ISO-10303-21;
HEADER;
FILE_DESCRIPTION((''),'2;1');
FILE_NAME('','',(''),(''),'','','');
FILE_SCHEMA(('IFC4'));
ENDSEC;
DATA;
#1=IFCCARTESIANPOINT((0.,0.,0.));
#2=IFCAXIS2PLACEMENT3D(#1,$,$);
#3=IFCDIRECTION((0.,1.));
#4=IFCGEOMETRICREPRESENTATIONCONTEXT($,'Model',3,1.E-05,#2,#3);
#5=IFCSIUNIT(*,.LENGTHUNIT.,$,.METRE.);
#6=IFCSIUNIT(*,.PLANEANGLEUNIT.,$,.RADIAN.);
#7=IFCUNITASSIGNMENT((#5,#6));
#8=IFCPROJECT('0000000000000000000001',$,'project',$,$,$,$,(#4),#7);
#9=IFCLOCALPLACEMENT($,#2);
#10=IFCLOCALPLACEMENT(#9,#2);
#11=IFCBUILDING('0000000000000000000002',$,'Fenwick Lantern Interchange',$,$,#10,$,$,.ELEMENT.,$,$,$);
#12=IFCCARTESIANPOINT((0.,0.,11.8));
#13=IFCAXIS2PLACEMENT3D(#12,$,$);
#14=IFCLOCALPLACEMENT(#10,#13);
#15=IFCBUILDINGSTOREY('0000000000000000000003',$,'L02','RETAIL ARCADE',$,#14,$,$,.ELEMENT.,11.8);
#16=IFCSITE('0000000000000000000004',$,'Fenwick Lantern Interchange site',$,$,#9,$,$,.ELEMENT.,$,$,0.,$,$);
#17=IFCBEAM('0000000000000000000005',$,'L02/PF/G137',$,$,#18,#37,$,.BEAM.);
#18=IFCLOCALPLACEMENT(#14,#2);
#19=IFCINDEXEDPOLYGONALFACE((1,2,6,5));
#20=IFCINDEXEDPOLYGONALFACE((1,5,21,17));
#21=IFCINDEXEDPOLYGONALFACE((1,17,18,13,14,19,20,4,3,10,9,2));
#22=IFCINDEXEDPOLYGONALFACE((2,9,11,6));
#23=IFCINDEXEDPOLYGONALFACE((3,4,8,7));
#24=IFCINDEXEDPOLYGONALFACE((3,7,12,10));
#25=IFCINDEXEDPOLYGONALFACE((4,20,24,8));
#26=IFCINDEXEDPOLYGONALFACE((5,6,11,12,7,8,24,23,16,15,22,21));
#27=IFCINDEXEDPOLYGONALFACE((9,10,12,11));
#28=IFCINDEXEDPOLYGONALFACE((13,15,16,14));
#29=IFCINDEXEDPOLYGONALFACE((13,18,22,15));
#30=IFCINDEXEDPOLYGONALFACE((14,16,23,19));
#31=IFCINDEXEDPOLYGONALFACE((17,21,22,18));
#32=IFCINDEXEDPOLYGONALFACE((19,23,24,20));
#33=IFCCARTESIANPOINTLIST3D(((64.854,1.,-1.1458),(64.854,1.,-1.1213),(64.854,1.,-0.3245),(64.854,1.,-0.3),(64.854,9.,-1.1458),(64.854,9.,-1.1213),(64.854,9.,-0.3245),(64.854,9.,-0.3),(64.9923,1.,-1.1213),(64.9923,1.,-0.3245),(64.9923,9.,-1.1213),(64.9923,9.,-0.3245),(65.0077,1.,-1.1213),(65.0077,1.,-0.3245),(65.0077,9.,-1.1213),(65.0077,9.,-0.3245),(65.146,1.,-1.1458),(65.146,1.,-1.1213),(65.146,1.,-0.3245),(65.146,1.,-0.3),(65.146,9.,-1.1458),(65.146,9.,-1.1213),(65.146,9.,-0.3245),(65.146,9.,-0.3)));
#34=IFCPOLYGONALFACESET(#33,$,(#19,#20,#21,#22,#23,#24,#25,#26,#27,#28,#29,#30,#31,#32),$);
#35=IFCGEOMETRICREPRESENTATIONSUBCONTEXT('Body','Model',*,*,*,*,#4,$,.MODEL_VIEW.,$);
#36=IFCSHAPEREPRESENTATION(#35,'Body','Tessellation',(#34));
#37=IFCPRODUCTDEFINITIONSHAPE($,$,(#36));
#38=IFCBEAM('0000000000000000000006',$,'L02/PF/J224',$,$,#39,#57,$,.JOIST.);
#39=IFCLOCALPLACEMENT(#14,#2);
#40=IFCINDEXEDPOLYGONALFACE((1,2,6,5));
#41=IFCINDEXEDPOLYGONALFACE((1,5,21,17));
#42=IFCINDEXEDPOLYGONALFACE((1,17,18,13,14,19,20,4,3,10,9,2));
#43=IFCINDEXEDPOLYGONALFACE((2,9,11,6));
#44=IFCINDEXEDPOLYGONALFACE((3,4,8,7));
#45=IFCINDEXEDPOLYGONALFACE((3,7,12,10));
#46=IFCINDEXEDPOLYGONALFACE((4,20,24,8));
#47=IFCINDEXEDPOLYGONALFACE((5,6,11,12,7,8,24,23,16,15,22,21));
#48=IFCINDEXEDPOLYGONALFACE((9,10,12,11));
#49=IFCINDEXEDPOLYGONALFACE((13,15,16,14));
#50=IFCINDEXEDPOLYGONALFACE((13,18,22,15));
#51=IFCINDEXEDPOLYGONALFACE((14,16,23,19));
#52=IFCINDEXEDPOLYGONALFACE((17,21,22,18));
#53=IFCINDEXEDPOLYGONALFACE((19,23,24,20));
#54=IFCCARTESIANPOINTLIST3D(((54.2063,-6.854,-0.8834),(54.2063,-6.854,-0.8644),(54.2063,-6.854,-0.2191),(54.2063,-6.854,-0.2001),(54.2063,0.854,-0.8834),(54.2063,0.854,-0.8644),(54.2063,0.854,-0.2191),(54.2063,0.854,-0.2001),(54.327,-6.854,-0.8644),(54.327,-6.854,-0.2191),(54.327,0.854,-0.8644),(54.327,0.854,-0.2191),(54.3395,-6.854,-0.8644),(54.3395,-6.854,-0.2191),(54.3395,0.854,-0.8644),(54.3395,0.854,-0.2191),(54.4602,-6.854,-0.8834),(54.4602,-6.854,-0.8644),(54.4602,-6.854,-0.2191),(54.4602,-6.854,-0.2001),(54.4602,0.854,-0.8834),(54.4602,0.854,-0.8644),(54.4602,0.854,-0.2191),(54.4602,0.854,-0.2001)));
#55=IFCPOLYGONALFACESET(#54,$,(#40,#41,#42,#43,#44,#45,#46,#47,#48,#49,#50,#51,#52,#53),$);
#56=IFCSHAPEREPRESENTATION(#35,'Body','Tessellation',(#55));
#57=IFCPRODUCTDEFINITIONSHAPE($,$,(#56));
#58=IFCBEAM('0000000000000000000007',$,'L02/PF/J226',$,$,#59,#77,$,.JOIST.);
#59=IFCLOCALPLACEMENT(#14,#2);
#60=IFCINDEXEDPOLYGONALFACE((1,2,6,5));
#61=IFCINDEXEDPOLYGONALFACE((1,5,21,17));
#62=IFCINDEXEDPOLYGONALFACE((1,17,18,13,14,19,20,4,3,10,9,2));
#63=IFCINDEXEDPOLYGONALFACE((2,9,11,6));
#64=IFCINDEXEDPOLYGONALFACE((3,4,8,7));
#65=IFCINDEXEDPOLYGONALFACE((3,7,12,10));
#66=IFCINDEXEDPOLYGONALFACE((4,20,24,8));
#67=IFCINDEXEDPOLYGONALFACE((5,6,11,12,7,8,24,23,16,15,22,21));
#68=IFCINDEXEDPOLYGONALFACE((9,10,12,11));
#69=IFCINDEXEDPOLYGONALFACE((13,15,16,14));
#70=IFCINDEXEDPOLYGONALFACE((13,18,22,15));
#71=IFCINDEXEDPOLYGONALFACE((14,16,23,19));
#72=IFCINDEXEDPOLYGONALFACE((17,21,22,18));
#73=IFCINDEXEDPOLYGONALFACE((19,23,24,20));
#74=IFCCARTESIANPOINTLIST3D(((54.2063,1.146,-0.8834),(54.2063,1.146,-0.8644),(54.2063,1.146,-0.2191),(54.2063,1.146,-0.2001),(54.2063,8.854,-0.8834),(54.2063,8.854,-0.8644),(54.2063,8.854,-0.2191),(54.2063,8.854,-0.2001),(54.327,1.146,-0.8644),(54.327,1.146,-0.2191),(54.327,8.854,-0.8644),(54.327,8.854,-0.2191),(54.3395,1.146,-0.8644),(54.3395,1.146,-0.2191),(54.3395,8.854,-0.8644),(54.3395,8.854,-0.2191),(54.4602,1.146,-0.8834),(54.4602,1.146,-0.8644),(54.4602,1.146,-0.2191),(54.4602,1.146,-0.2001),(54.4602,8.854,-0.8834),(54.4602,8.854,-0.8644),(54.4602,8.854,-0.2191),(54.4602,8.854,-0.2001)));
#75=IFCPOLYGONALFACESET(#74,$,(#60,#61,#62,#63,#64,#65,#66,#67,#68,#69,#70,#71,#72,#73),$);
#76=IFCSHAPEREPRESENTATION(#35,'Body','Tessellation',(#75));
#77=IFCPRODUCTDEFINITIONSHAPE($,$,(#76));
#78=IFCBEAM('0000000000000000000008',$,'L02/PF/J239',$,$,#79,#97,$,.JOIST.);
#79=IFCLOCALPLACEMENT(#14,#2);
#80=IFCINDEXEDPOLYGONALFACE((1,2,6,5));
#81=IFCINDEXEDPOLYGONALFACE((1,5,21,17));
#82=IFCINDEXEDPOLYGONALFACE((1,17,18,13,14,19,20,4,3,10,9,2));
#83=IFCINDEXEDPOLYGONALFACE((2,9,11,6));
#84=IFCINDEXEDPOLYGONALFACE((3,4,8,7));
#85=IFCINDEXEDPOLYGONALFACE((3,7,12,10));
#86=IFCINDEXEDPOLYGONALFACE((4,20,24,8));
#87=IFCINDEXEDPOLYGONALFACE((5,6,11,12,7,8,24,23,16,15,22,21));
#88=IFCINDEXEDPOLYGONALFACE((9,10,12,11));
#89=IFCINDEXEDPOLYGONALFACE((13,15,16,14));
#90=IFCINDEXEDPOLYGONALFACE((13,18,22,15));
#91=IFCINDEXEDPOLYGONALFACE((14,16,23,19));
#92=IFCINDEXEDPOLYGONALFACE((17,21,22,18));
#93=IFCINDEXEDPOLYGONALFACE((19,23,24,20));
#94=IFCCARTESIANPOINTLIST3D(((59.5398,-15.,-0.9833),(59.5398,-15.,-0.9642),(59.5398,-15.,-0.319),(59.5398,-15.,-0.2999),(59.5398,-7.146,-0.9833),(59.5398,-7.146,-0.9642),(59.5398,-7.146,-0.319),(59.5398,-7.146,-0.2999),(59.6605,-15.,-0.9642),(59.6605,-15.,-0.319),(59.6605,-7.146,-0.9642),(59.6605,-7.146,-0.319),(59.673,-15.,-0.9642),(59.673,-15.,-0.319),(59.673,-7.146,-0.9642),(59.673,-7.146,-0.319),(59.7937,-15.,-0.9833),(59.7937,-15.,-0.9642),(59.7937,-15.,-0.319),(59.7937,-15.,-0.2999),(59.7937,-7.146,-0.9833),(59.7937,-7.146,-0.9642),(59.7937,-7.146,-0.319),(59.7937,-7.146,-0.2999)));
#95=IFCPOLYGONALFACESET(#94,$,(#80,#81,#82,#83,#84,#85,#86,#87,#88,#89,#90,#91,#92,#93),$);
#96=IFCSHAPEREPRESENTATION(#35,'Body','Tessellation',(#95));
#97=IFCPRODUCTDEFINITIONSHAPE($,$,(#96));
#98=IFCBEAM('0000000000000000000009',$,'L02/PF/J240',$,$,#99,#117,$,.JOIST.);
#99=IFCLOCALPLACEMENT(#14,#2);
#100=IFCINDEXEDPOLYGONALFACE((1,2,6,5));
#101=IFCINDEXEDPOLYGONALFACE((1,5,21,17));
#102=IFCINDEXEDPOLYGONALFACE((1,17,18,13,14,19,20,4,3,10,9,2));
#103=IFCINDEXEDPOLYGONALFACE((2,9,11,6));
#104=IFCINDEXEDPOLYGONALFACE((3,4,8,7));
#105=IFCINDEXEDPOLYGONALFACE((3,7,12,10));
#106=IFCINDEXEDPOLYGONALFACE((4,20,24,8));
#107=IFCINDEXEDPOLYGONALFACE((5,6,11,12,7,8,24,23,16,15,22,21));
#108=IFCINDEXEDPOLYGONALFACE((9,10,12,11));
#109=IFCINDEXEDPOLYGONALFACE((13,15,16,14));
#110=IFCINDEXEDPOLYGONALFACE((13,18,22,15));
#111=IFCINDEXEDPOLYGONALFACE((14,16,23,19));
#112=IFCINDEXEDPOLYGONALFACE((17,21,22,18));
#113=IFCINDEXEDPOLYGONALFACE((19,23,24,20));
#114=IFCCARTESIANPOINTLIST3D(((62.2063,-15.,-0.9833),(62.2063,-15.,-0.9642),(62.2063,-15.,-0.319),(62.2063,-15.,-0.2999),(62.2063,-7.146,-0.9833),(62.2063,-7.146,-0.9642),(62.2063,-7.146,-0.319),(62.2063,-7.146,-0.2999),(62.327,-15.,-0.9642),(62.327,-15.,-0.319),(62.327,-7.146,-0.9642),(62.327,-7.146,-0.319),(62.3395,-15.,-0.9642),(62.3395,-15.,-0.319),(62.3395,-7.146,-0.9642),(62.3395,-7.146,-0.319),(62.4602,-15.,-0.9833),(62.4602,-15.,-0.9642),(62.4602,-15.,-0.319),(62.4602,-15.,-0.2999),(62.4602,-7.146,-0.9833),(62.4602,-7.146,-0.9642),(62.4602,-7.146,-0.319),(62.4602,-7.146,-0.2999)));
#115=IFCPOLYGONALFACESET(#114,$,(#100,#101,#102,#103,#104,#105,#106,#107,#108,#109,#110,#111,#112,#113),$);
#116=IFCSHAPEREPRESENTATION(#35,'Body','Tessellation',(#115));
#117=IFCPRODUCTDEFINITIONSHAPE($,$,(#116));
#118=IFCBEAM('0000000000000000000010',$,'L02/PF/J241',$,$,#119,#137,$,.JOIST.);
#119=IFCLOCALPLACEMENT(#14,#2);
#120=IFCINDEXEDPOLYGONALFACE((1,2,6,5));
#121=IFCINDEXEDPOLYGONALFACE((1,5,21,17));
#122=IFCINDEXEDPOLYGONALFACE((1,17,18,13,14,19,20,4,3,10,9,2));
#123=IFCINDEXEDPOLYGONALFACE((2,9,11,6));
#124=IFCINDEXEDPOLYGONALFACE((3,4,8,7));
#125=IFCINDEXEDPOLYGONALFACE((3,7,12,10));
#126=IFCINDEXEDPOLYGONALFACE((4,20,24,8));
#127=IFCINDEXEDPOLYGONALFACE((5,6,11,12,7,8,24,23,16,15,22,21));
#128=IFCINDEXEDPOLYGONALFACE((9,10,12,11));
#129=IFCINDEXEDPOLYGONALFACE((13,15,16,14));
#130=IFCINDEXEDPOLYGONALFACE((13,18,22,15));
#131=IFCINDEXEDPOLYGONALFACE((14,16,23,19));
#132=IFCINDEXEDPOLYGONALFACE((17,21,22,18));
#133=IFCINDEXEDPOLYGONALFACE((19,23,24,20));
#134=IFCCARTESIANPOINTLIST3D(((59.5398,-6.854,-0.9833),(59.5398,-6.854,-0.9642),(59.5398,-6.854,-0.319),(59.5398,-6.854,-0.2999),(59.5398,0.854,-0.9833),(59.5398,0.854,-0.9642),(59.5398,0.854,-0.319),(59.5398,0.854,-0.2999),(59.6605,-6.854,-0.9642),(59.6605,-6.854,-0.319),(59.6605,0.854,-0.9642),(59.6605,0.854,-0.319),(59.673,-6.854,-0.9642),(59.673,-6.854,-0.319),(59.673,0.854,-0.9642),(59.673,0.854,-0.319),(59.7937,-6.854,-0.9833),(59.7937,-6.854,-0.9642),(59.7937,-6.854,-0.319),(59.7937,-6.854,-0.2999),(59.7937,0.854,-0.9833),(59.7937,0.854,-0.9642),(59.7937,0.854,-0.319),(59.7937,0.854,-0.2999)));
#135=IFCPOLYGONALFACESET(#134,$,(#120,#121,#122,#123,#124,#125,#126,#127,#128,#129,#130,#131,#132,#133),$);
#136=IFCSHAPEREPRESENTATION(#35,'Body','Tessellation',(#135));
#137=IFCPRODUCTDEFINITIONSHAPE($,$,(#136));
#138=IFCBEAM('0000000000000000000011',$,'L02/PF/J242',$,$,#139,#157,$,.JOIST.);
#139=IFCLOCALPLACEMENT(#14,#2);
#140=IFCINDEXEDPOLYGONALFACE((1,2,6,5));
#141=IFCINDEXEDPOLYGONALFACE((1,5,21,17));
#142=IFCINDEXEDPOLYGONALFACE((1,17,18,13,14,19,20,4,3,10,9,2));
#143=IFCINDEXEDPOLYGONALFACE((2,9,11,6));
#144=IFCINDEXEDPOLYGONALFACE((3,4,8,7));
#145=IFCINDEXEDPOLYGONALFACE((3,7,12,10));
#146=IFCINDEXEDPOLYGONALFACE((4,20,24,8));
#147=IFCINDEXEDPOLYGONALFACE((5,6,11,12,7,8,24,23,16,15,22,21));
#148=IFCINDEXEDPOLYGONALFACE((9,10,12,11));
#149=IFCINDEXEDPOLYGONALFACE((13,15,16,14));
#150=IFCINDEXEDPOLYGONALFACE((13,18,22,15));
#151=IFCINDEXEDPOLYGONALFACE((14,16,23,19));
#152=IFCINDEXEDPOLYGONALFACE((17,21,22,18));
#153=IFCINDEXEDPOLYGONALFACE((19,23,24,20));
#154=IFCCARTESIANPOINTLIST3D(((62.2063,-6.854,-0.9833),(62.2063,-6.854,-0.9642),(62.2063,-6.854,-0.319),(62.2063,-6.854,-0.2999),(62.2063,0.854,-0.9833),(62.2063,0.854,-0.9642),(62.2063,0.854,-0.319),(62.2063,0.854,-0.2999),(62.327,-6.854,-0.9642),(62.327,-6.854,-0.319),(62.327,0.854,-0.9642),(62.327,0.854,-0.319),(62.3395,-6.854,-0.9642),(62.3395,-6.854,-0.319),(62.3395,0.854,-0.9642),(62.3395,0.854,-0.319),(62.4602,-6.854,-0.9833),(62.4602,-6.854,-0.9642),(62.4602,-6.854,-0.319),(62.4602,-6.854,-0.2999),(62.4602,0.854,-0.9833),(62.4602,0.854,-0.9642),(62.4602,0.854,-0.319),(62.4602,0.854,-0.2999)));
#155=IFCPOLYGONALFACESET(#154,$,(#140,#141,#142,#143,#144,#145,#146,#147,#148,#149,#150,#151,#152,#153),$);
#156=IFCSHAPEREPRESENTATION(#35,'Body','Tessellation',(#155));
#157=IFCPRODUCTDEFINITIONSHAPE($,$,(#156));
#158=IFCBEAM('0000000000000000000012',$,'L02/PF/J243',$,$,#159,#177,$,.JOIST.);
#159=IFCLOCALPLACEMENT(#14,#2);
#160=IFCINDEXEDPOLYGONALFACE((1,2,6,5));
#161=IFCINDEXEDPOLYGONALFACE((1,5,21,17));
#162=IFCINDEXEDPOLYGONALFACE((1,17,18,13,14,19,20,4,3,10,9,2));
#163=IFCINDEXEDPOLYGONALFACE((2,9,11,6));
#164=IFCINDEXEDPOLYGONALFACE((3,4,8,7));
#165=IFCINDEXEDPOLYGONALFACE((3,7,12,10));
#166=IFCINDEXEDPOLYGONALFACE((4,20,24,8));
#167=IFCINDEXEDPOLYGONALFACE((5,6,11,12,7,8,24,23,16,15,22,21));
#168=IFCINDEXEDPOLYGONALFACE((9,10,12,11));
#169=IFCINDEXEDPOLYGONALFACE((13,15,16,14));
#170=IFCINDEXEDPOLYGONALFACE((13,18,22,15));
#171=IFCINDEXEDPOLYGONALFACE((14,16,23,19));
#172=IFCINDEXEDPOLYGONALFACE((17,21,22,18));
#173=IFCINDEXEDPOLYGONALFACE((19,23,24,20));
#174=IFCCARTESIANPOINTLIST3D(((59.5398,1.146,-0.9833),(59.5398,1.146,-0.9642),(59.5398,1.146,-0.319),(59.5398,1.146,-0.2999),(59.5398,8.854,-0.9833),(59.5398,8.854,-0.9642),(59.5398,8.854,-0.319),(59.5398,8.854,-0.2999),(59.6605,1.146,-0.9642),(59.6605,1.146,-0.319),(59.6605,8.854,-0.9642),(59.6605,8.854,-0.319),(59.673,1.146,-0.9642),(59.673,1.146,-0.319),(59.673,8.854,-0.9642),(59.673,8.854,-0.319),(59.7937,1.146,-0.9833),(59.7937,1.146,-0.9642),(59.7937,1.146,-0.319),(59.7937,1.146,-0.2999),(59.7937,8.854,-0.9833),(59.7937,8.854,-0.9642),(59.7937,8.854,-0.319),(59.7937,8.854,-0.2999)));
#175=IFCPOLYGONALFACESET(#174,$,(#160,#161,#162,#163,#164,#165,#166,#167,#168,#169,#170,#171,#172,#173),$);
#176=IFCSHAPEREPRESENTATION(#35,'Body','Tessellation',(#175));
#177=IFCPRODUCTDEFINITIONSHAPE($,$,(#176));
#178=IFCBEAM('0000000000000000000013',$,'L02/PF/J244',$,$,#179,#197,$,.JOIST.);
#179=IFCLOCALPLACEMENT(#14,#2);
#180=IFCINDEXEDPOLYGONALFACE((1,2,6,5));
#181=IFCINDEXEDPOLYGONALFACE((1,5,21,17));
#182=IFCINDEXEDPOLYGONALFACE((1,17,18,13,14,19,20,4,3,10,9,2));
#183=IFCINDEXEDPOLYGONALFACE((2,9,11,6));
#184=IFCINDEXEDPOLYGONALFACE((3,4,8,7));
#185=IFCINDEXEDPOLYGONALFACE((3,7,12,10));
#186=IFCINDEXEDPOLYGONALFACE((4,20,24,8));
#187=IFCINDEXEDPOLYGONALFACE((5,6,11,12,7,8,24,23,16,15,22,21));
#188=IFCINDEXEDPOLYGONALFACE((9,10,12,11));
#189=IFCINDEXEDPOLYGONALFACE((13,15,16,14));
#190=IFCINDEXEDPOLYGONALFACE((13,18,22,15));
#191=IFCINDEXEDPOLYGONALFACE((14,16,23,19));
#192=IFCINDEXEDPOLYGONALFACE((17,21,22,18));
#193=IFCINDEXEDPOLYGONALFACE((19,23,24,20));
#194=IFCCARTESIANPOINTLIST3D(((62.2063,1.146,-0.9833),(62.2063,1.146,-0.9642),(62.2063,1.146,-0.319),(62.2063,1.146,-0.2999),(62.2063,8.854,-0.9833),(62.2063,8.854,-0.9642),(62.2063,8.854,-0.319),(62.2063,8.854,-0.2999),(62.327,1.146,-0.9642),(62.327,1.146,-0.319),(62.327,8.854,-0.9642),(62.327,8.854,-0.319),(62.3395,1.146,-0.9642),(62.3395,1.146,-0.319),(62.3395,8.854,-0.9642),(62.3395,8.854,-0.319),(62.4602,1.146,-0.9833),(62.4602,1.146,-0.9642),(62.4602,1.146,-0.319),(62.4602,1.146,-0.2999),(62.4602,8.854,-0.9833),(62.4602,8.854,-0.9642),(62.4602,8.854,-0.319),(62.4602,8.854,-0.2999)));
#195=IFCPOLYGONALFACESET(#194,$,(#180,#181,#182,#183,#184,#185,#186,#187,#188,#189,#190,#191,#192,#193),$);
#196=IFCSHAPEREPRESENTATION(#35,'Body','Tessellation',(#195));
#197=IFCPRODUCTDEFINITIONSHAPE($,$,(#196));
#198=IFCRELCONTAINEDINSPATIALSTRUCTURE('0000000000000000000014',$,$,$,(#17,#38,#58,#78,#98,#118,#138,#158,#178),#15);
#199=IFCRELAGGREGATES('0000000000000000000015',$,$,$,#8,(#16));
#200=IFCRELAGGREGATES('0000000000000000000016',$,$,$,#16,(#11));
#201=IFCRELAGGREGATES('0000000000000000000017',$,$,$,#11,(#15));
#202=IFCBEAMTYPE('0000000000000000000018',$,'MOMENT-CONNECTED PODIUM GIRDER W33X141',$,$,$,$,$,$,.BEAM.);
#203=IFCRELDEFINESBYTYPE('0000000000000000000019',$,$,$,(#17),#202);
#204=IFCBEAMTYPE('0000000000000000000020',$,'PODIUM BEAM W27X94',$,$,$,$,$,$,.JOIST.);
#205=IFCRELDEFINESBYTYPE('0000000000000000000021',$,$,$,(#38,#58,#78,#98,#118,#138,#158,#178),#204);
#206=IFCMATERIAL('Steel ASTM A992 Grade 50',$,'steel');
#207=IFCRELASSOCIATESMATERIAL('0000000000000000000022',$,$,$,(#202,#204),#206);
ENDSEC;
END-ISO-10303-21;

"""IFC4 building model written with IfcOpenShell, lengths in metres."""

from ifc_helpers import new_model, si_unit, direction, frame, origin, origin_2d, place, context, subcontext, project, spatial, i_section, extrude, material, material_profile, profile_set, type_object, element, save


model = new_model("IFC4")

# Units and contexts
model_context = context("Model", 3, precision=1e-05, world=origin(), true_north=direction((0.0, 1.0)))
body_context = subcontext(model_context, "Body", "Model", "MODEL_VIEW")
ifc_project = project(units=[si_unit("LENGTHUNIT", "METRE"), si_unit("PLANEANGLEUNIT", "RADIAN")], contexts=[model_context])

# Site, building, storey
site_placement = place(None, origin())
site = spatial("IfcSite", under=ifc_project, at=site_placement, Name="Fenwick Lantern Interchange site", CompositionType="ELEMENT", RefElevation=0.0)
building_placement = place(site_placement, origin())
building = spatial("IfcBuilding", under=site, at=building_placement, Name="Fenwick Lantern Interchange", CompositionType="ELEMENT")
storey_placement = place(building_placement, frame((0.0, 0.0, 11.8)))
storey = spatial("IfcBuildingStorey", under=building, at=storey_placement, Name="L02", Description="RETAIL ARCADE", CompositionType="ELEMENT", Elevation=11.8)

# Shared definitions
ifc_material_1 = material(Name="Steel ASTM A992 Grade 50", Category="steel")

# Beams
ifc_material_profile_1 = material_profile(ifc_material_1, i_section(OverallWidth=0.292, OverallDepth=0.8457, WebThickness=0.0154, FlangeThickness=0.0244, at=origin_2d()), Name="W33X141")
ifc_profile_set_1 = profile_set([ifc_material_profile_1], Name="Steel ASTM A992 Grade 50")
beam_type_1 = type_object("IfcBeamType", Name="MOMENT-CONNECTED PODIUM GIRDER W33X141", PredefinedType="BEAM", material=ifc_profile_set_1)
for number, where, z_axis, x_axis, name in (
    (1, (65.0, 1.0, -0.7229), (0.0, 1.0, 0.0), (-1.0, 0.0, 0.0), "L02/PF/G137"),
):
    element("IfcBeam", number, at=place(storey_placement, frame(where, z_axis=z_axis, x_axis=x_axis)), inside=storey, type_object=beam_type_1, Name=name, PredefinedType="BEAM", context=body_context, shape_type="SweptSolid", body=[
        extrude(i_section(OverallWidth=0.292, OverallDepth=0.8457, WebThickness=0.0154, FlangeThickness=0.0244, at=origin_2d()), origin(), (0.0, 0.0, 1.0), 8.0),
    ])
ifc_material_profile_2 = material_profile(ifc_material_1, i_section(OverallWidth=0.2539, OverallDepth=0.6833, WebThickness=0.0125, FlangeThickness=0.019, at=origin_2d()), Name="W27X94")
ifc_profile_set_2 = profile_set([ifc_material_profile_2], Name="Steel ASTM A992 Grade 50")
beam_type_2 = type_object("IfcBeamType", Name="PODIUM BEAM W27X94", PredefinedType="JOIST", material=ifc_profile_set_2)
for number, where, z_axis, x_axis, name in (
    (2, (54.3333, -6.854, -0.5417), (0.0, 1.0, 0.0), (-1.0, 0.0, 0.0), "L02/PF/J224"),
    (3, (54.3333, 1.146, -0.5417), (0.0, 1.0, 0.0), (-1.0, 0.0, 0.0), "L02/PF/J226"),
):
    element("IfcBeam", number, at=place(storey_placement, frame(where, z_axis=z_axis, x_axis=x_axis)), inside=storey, type_object=beam_type_2, Name=name, PredefinedType="JOIST", context=body_context, shape_type="SweptSolid", body=[
        extrude(i_section(OverallWidth=0.2539, OverallDepth=0.6833, WebThickness=0.0125, FlangeThickness=0.019, at=origin_2d()), origin(), (0.0, 0.0, 1.0), 7.708),
    ])
for number, where, z_axis, x_axis, name in (
    (4, (59.6667, -15.0, -0.6416), (0.0, 1.0, 0.0), (-1.0, 0.0, 0.0), "L02/PF/J239"),
    (5, (62.3333, -15.0, -0.6416), (0.0, 1.0, 0.0), (-1.0, 0.0, 0.0), "L02/PF/J240"),
):
    element("IfcBeam", number, at=place(storey_placement, frame(where, z_axis=z_axis, x_axis=x_axis)), inside=storey, type_object=beam_type_2, Name=name, PredefinedType="JOIST", context=body_context, shape_type="SweptSolid", body=[
        extrude(i_section(OverallWidth=0.2539, OverallDepth=0.6833, WebThickness=0.0125, FlangeThickness=0.019, at=origin_2d()), origin(), (0.0, 0.0, 1.0), 7.854),
    ])
for number, where, z_axis, x_axis, name in (
    (6, (59.6667, -6.854, -0.6416), (0.0, 1.0, 0.0), (-1.0, 0.0, 0.0), "L02/PF/J241"),
    (7, (62.3333, -6.854, -0.6416), (0.0, 1.0, 0.0), (-1.0, 0.0, 0.0), "L02/PF/J242"),
    (8, (59.6667, 1.146, -0.6416), (0.0, 1.0, 0.0), (-1.0, 0.0, 0.0), "L02/PF/J243"),
    (9, (62.3333, 1.146, -0.6416), (0.0, 1.0, 0.0), (-1.0, 0.0, 0.0), "L02/PF/J244"),
):
    element("IfcBeam", number, at=place(storey_placement, frame(where, z_axis=z_axis, x_axis=x_axis)), inside=storey, type_object=beam_type_2, Name=name, PredefinedType="JOIST", context=body_context, shape_type="SweptSolid", body=[
        extrude(i_section(OverallWidth=0.2539, OverallDepth=0.6833, WebThickness=0.0125, FlangeThickness=0.019, at=origin_2d()), origin(), (0.0, 0.0, 1.0), 7.708),
    ])

save(model, "model.ifc")
